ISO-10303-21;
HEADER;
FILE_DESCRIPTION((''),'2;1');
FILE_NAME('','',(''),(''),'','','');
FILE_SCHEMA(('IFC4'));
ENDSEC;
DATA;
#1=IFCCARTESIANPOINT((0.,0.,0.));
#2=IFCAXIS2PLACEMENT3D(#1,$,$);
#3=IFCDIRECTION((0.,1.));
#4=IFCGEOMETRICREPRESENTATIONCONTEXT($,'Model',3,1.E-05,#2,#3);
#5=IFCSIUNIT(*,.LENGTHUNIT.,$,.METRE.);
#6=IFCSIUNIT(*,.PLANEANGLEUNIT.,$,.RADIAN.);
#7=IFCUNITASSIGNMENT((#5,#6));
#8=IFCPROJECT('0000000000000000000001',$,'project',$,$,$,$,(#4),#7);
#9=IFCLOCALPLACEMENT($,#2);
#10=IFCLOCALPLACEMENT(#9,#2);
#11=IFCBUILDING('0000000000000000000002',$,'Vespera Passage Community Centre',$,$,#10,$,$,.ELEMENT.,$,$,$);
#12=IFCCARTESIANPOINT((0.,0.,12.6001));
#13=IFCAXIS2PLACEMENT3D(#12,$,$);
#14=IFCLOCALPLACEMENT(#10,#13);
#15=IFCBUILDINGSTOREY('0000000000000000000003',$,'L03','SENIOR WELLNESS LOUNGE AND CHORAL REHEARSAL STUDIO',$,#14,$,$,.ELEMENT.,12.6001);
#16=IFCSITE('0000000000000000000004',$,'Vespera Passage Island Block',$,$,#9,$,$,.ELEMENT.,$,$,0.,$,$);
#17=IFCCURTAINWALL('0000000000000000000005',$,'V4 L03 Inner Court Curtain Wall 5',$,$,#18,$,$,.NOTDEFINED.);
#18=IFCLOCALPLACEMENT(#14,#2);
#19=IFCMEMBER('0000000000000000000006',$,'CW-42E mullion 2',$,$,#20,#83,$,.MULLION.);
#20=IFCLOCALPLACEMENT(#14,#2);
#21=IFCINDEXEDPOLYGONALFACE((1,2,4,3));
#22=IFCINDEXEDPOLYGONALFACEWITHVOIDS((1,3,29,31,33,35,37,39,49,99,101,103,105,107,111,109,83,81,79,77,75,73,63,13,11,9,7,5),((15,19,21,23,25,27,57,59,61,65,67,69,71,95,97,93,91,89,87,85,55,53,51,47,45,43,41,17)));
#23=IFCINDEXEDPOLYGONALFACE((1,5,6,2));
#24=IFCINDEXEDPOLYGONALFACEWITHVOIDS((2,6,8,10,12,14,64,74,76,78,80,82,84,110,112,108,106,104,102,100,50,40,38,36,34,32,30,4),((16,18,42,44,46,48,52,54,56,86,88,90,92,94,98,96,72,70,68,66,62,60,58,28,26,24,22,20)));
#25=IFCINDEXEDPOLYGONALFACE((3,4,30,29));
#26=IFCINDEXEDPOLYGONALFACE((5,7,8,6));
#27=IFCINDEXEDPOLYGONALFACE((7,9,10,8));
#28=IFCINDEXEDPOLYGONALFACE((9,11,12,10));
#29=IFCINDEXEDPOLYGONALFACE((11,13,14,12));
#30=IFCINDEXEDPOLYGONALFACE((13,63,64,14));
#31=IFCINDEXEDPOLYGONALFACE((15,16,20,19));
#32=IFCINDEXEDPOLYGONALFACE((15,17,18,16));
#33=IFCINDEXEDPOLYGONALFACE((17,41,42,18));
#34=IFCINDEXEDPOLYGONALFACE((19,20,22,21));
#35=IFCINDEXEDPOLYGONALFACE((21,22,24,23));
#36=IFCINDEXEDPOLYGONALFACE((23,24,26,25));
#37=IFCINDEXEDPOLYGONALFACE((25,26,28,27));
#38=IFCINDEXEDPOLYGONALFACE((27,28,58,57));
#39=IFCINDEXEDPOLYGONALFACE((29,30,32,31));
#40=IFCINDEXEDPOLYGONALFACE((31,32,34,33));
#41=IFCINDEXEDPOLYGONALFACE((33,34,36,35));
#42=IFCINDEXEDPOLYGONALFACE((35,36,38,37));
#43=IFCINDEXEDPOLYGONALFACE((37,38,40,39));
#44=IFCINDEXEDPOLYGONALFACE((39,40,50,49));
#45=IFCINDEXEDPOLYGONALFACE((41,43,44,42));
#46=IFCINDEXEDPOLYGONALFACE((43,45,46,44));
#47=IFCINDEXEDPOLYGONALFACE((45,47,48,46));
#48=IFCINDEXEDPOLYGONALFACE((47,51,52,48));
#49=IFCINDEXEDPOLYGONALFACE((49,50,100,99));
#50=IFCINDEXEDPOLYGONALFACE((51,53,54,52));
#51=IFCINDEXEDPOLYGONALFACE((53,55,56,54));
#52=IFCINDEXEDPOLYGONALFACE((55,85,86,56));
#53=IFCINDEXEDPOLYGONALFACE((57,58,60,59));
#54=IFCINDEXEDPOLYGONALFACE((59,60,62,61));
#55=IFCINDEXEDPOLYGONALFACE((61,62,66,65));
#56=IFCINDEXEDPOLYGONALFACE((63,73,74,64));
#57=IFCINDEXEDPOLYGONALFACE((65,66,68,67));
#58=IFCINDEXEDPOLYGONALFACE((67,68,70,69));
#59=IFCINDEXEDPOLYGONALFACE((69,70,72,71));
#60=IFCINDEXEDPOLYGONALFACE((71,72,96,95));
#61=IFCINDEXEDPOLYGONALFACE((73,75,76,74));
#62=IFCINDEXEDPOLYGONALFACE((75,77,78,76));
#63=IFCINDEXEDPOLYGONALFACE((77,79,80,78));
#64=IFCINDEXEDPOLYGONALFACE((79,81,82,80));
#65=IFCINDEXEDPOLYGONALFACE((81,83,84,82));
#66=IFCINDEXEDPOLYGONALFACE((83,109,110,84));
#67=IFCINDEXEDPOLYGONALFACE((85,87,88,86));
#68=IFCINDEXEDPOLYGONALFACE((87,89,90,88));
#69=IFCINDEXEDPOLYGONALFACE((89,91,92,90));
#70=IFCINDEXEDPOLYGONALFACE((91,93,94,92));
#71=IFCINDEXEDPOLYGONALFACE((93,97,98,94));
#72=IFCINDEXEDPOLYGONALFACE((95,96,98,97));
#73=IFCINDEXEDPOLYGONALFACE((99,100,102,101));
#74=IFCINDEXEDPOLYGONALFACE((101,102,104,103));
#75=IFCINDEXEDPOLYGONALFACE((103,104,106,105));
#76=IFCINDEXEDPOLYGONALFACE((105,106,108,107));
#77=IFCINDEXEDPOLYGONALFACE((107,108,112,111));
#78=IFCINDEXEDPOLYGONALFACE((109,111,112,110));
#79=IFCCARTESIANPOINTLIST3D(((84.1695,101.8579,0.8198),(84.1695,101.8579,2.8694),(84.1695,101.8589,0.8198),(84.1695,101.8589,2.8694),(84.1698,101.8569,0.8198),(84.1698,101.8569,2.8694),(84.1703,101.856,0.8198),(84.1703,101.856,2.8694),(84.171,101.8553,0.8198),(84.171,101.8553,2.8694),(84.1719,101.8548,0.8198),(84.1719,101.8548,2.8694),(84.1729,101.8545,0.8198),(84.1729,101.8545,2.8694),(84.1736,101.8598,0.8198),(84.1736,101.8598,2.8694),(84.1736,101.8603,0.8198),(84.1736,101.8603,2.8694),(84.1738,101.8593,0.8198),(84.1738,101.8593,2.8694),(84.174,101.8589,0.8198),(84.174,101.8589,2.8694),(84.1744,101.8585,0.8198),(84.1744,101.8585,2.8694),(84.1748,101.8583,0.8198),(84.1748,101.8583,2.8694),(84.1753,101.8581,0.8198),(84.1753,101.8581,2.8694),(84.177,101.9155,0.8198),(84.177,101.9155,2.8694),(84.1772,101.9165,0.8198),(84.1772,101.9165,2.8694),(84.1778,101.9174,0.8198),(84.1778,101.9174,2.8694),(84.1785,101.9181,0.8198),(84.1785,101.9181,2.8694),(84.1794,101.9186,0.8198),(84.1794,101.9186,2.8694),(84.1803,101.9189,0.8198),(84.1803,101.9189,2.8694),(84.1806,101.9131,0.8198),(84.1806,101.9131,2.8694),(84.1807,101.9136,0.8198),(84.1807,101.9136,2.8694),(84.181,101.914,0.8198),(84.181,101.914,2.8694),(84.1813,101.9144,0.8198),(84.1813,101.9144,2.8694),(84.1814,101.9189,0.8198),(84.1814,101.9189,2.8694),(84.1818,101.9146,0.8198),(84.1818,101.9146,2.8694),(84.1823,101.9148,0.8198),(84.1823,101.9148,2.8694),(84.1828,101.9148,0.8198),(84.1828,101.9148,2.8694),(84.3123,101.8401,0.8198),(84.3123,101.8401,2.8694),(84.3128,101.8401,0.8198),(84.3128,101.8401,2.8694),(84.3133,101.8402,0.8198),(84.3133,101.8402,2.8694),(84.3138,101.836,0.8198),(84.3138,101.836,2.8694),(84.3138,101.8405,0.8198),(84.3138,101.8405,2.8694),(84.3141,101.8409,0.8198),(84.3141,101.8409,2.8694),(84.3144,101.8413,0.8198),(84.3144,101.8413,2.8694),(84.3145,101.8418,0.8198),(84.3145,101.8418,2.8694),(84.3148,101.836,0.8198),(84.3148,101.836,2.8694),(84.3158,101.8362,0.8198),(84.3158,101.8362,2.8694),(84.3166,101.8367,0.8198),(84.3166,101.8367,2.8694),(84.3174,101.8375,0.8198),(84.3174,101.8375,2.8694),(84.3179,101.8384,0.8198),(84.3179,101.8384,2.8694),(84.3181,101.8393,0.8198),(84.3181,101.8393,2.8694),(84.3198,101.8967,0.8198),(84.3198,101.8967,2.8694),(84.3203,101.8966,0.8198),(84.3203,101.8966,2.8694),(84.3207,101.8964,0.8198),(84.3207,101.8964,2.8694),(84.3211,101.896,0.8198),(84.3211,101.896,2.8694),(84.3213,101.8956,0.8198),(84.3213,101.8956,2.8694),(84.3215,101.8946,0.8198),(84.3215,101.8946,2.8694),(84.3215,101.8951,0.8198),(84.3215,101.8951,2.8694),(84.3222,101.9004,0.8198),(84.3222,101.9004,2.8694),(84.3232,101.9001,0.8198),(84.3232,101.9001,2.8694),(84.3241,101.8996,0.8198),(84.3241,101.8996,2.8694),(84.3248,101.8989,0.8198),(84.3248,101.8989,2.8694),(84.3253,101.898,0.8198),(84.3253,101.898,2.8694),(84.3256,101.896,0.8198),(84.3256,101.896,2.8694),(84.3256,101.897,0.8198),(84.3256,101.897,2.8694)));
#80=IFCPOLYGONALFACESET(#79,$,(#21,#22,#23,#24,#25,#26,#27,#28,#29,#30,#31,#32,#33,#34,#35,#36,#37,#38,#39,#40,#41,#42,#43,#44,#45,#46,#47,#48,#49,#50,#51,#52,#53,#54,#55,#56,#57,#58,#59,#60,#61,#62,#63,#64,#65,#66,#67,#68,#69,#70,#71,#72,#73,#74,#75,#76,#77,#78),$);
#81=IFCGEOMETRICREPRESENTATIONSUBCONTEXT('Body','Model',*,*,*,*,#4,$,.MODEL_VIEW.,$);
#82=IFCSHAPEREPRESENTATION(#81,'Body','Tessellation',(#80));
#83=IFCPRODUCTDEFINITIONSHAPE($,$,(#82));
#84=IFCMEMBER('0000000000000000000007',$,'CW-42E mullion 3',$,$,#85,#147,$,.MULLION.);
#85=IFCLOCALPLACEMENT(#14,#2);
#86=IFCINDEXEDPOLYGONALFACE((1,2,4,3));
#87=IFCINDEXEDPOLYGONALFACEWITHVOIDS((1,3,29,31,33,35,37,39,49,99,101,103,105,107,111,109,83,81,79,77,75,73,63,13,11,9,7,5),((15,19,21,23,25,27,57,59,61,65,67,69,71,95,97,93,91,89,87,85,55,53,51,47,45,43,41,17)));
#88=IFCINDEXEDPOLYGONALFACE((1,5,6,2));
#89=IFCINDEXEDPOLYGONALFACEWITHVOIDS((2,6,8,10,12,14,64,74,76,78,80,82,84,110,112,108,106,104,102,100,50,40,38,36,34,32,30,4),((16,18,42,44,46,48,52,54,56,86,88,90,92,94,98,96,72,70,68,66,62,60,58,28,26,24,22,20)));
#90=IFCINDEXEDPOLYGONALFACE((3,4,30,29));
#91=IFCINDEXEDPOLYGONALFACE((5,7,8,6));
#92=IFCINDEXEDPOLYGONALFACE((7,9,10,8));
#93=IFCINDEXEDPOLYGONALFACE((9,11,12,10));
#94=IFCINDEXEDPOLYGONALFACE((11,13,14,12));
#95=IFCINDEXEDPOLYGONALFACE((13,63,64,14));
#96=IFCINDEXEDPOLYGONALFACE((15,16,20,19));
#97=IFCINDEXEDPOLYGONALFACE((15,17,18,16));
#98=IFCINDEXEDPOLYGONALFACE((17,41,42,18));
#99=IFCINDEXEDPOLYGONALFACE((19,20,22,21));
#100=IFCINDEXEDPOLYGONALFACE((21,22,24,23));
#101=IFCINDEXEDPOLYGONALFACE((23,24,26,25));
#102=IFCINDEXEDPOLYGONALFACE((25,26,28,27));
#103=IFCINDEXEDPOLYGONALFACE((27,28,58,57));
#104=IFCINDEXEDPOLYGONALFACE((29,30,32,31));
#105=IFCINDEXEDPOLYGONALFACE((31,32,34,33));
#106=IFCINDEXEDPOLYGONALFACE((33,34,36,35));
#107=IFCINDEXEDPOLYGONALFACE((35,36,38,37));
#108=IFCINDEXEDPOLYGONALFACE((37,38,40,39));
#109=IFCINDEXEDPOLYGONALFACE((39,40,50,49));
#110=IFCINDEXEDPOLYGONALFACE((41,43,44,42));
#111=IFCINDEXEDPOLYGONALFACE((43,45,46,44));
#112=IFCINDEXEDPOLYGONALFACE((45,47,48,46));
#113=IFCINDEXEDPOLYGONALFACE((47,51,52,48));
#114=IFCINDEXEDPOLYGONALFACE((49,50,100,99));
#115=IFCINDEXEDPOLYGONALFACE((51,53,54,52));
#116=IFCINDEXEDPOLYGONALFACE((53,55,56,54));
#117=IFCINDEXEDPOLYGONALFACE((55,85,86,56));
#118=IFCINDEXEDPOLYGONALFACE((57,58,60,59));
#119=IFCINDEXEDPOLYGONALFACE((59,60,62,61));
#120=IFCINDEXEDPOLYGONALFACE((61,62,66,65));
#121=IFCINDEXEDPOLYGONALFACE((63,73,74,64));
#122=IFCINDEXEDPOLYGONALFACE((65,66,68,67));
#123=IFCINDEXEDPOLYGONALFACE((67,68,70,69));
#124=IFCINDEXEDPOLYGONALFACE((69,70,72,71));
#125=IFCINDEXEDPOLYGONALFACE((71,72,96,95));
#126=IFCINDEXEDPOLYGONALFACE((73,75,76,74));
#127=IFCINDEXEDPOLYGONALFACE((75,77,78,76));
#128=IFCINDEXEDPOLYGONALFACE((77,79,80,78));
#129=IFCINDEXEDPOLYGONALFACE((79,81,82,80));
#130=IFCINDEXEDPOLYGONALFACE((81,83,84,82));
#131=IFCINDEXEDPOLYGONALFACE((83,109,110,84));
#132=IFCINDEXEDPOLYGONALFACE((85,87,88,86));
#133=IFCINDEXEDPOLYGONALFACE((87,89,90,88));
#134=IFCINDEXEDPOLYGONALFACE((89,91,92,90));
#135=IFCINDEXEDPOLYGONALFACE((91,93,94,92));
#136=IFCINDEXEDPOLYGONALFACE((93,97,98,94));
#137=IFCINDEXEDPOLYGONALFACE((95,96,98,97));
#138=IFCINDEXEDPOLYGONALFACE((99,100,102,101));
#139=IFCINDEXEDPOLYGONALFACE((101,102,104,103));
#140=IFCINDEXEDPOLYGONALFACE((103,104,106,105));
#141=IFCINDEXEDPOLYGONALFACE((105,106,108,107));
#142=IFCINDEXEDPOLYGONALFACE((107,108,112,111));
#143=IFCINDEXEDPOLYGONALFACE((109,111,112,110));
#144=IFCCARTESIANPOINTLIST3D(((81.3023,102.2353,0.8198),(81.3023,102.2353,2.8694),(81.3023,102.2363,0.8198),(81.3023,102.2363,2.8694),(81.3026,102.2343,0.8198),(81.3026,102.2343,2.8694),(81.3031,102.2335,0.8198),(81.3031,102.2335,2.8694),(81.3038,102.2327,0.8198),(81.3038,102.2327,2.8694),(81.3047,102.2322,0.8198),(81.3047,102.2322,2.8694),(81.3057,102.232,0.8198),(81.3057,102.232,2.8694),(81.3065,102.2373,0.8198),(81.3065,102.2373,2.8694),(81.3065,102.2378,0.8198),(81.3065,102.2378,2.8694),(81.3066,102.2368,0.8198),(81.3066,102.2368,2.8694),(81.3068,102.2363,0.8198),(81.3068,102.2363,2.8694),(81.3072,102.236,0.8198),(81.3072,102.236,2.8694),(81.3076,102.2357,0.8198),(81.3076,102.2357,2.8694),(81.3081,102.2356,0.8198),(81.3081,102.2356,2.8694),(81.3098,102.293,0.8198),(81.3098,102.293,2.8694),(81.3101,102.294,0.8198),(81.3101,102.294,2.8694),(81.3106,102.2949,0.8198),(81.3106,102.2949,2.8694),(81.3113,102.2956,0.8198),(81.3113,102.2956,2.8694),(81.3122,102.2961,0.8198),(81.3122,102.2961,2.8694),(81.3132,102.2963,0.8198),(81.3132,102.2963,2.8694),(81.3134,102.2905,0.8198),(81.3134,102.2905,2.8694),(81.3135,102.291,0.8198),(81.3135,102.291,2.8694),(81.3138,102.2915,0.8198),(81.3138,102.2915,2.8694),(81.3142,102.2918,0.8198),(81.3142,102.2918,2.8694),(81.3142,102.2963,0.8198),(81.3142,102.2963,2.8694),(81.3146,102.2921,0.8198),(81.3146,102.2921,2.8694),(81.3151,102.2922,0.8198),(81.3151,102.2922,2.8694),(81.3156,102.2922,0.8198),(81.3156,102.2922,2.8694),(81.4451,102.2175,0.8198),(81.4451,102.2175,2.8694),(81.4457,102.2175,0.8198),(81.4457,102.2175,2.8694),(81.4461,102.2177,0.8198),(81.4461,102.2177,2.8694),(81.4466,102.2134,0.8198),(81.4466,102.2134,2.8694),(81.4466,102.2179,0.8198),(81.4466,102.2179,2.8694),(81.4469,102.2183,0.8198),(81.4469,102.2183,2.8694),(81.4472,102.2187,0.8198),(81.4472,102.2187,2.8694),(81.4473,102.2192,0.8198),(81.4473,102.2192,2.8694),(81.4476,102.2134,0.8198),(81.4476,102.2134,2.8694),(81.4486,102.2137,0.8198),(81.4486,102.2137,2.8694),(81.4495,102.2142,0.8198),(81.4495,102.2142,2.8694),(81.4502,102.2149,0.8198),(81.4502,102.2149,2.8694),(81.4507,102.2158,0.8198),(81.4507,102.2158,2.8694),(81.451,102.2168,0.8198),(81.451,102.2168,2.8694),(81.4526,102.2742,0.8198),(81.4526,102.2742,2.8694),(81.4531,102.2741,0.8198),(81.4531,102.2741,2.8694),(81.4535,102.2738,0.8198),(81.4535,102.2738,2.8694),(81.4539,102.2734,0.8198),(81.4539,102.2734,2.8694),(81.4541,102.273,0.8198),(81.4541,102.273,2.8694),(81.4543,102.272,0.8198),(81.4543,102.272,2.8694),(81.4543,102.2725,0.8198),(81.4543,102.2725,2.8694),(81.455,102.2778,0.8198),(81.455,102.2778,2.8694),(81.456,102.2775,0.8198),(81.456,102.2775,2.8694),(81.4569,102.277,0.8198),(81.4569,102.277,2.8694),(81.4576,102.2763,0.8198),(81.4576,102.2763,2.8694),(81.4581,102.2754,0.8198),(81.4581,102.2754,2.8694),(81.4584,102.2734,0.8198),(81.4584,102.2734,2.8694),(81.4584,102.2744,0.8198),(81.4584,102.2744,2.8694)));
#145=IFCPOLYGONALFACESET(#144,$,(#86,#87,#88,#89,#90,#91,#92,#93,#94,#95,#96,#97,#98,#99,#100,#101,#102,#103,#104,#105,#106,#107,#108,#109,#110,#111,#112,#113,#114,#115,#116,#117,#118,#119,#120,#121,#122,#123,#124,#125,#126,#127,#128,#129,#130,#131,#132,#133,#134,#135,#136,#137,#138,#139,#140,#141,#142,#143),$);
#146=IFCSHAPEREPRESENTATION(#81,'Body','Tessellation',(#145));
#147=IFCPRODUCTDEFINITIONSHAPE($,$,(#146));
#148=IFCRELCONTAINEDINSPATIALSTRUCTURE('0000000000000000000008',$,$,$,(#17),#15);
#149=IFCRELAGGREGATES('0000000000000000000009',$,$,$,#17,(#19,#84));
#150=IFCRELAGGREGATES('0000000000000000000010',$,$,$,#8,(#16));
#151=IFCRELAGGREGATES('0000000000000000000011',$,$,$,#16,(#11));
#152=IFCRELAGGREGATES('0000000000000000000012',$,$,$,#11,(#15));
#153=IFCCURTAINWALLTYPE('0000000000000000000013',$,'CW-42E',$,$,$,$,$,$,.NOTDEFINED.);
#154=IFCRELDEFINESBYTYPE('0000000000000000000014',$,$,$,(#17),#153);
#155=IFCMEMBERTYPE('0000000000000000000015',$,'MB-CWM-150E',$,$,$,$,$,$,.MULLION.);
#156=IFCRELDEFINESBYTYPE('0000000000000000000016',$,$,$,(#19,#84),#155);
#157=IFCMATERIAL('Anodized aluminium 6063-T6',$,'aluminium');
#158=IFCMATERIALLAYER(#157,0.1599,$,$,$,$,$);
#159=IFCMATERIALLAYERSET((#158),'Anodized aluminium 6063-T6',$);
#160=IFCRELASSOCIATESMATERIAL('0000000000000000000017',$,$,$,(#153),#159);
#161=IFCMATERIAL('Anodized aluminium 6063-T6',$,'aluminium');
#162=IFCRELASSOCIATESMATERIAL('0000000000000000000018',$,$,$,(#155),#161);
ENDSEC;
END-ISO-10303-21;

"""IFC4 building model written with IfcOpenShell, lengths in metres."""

from ifc_helpers import new_model, si_unit, direction, frame, origin, origin_2d, place, context, subcontext, project, spatial, hollow_rectangle, extrude, material, layer, layer_set, material_profile, profile_set, type_object, element, aggregate, save


model = new_model("IFC4")

# Units and contexts
model_context = context("Model", 3, precision=1e-05, world=origin(), true_north=direction((0.0, 1.0)))
body_context = subcontext(model_context, "Body", "Model", "MODEL_VIEW")
ifc_project = project(units=[si_unit("LENGTHUNIT", "METRE"), si_unit("PLANEANGLEUNIT", "RADIAN")], contexts=[model_context])

# Site, building, storey
site_placement = place(None, origin())
site = spatial("IfcSite", under=ifc_project, at=site_placement, Name="Vespera Passage Island Block", CompositionType="ELEMENT", RefElevation=0.0)
building_placement = place(site_placement, origin())
building = spatial("IfcBuilding", under=site, at=building_placement, Name="Vespera Passage Community Centre", CompositionType="ELEMENT")
storey_placement = place(building_placement, frame((0.0, 0.0, 12.6001)))
storey = spatial("IfcBuildingStorey", under=building, at=storey_placement, Name="L03", Description="SENIOR WELLNESS LOUNGE AND CHORAL REHEARSAL STUDIO", CompositionType="ELEMENT", Elevation=12.6001)

# Curtain wall, members
ifc_material_1 = material(Name="Anodized aluminium 6063-T6", Category="aluminium")
ifc_layer_1 = layer(ifc_material_1, 0.1599)
ifc_layer_set_1 = layer_set([ifc_layer_1], Name="Anodized aluminium 6063-T6")
curtain_wall_type = type_object("IfcCurtainWallType", Name="CW-42E", PredefinedType="NOTDEFINED", material=ifc_layer_set_1)
curtain_wall_placement = place(storey_placement, origin())
curtain_wall = element("IfcCurtainWall", 1, at=curtain_wall_placement, inside=storey, type_object=curtain_wall_type, Name="V4 L03 Inner Court Curtain Wall 5", PredefinedType="NOTDEFINED")
ifc_material_2 = material(Name="Anodized aluminium 6063-T6", Category="aluminium")
ifc_material_profile_1 = material_profile(ifc_material_2, hollow_rectangle(XDim=0.0649, YDim=0.1499, WallThickness=0.0039, InnerFilletRadius=0.002, OuterFilletRadius=0.0039, at=origin_2d()), Name="ALU150X65X4")
ifc_profile_set_1 = profile_set([ifc_material_profile_1], Name="Anodized aluminium 6063-T6")
member_type_1 = type_object("IfcMemberType", Name="MB-CWM-150E", PredefinedType="MULLION", material=ifc_profile_set_1)
member_1_placement = place(storey_placement, frame((84.2476, 101.8774, 0.8198), z_axis=(0.0, 0.0, 1.0), x_axis=(-0.130522, -0.991445, 0.0)))
member_1 = element("IfcMember", 2, at=member_1_placement, type_object=member_type_1, Name="CW-42E mullion 2", PredefinedType="MULLION", context=body_context, shape_type="SweptSolid", body=[
    extrude(hollow_rectangle(XDim=0.0649, YDim=0.1499, WallThickness=0.0039, InnerFilletRadius=0.002, OuterFilletRadius=0.0039, at=origin_2d()), origin(), (0.0, 0.0, 1.0), 2.0496),
])
member_2_placement = place(storey_placement, frame((81.3804, 102.2549, 0.8198), z_axis=(0.0, 0.0, 1.0), x_axis=(-0.130522, -0.991445, 0.0)))
member_2 = element("IfcMember", 3, at=member_2_placement, type_object=member_type_1, Name="CW-42E mullion 3", PredefinedType="MULLION", context=body_context, shape_type="SweptSolid", body=[
    extrude(hollow_rectangle(XDim=0.0649, YDim=0.1499, WallThickness=0.0039, InnerFilletRadius=0.002, OuterFilletRadius=0.0039, at=origin_2d()), origin(), (0.0, 0.0, 1.0), 2.0496),
])
aggregate(curtain_wall, [member_1, member_2])

save(model, "model.ifc")
